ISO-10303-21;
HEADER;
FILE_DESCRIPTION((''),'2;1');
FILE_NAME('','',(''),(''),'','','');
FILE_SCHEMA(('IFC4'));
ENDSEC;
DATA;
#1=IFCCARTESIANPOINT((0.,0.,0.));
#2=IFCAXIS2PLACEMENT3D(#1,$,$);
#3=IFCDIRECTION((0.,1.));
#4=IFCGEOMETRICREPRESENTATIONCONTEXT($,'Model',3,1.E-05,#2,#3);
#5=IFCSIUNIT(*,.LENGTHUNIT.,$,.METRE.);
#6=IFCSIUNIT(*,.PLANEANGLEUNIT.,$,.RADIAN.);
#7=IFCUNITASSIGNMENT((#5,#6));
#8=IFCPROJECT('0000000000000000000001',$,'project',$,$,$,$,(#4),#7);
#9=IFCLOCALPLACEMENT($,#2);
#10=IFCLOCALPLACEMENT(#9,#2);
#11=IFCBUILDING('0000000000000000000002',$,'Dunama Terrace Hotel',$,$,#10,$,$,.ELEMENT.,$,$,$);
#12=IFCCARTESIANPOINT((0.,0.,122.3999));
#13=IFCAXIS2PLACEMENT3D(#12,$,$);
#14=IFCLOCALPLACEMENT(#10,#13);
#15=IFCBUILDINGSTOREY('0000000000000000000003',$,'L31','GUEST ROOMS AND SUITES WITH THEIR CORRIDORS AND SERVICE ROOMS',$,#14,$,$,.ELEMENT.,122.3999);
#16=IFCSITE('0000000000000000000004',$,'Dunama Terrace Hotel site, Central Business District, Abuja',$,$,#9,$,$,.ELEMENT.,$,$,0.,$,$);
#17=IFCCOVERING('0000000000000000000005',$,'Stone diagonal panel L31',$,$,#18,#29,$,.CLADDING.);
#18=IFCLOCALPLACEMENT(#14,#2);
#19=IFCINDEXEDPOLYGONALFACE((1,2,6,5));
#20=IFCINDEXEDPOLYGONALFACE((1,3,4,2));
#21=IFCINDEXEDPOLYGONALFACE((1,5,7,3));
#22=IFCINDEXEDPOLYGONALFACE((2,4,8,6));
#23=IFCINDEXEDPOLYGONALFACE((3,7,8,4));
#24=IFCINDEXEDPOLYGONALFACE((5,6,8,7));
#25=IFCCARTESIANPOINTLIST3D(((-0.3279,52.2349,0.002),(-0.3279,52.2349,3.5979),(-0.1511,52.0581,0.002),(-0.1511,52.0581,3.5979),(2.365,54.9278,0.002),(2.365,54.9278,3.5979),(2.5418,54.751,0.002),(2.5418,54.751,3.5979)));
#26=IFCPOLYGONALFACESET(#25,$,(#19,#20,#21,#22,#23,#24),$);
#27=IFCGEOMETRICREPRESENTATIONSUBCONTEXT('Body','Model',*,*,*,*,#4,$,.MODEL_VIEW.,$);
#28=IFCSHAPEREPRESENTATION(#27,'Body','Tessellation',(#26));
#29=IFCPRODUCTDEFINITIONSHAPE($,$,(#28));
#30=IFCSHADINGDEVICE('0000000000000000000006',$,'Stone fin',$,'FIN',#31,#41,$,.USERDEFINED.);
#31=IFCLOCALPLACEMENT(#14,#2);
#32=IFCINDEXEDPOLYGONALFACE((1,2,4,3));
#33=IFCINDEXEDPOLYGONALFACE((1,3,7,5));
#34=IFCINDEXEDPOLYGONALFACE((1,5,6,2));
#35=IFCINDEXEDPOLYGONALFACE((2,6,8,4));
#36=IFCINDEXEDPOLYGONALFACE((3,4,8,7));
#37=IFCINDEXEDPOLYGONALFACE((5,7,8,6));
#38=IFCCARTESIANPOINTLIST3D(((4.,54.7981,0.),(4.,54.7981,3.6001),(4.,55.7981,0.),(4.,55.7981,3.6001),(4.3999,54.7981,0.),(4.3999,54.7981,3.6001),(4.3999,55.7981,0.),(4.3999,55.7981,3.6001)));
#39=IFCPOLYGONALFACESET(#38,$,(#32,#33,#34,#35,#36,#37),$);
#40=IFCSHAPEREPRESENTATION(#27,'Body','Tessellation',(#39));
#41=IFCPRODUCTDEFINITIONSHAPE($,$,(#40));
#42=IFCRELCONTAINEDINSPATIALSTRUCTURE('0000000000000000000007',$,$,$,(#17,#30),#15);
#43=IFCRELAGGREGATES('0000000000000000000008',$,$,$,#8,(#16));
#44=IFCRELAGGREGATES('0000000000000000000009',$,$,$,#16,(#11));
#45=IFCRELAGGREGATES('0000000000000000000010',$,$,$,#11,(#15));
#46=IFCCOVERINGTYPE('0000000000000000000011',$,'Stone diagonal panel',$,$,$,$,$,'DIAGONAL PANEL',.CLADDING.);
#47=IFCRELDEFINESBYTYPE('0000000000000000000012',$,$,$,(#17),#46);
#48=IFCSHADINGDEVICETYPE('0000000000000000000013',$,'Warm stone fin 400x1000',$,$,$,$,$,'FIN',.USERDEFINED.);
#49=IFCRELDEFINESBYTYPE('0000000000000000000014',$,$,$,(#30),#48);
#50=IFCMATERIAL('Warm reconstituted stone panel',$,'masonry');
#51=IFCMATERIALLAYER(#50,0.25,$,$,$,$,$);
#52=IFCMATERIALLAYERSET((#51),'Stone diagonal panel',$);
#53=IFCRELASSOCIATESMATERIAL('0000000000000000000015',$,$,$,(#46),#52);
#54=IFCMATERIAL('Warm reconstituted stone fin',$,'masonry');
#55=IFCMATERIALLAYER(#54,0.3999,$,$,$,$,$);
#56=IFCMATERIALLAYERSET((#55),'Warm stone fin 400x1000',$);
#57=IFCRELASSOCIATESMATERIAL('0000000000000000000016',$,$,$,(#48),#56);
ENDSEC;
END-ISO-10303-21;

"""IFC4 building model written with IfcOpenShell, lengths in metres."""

from ifc_helpers import new_model, si_unit, direction, frame, origin, origin_2d, place, context, subcontext, project, spatial, rectangle, extrude, material, layer, layer_set, type_object, element, save


model = new_model("IFC4")

# Units and contexts
model_context = context("Model", 3, precision=1e-05, world=origin(), true_north=direction((0.0, 1.0)))
body_context = subcontext(model_context, "Body", "Model", "MODEL_VIEW")
ifc_project = project(units=[si_unit("LENGTHUNIT", "METRE"), si_unit("PLANEANGLEUNIT", "RADIAN")], contexts=[model_context])

# Site, building, storey
site_placement = place(None, origin())
site = spatial("IfcSite", under=ifc_project, at=site_placement, Name="Dunama Terrace Hotel site, Central Business District, Abuja", CompositionType="ELEMENT", RefElevation=0.0)
building_placement = place(site_placement, origin())
building = spatial("IfcBuilding", under=site, at=building_placement, Name="Dunama Terrace Hotel", CompositionType="ELEMENT")
storey_placement = place(building_placement, frame((0.0, 0.0, 122.3999)))
storey = spatial("IfcBuildingStorey", under=building, at=storey_placement, Name="L31", Description="GUEST ROOMS AND SUITES WITH THEIR CORRIDORS AND SERVICE ROOMS", CompositionType="ELEMENT", Elevation=122.3999)

# Covering
ifc_material_1 = material(Name="Warm reconstituted stone panel", Category="masonry")
ifc_layer_1 = layer(ifc_material_1, 0.25)
ifc_layer_set_1 = layer_set([ifc_layer_1], Name="Stone diagonal panel")
covering_type = type_object("IfcCoveringType", Name="Stone diagonal panel", ElementType="DIAGONAL PANEL", PredefinedType="CLADDING", material=ifc_layer_set_1)
covering_1_placement = place(storey_placement, frame((1.1069, 53.4929, 0.002), z_axis=(0.0, 0.0, 1.0), x_axis=(-0.707107, -0.707107, 0.0)))
element("IfcCovering", 1, at=covering_1_placement, inside=storey, type_object=covering_type, Name="Stone diagonal panel L31", PredefinedType="CLADDING", context=body_context, shape_type="SweptSolid", body=[
    extrude(rectangle(XDim=3.8083, YDim=0.25, at=origin_2d()), origin(), (0.0, 0.0, 1.0), 3.5959),
])

# Shading device
ifc_material_2 = material(Name="Warm reconstituted stone fin", Category="masonry")
ifc_layer_2 = layer(ifc_material_2, 0.3999)
ifc_layer_set_2 = layer_set([ifc_layer_2], Name="Warm stone fin 400x1000")
shading_device_type = type_object("IfcShadingDeviceType", Name="Warm stone fin 400x1000", ElementType="FIN", PredefinedType="USERDEFINED", material=ifc_layer_set_2)
shading_device_placement = place(storey_placement, frame((4.2, 55.2981, 0.0), z_axis=(0.0, 0.0, 1.0), x_axis=(-1.0, 0.0, 0.0)))
element("IfcShadingDevice", 2, at=shading_device_placement, inside=storey, type_object=shading_device_type, Name="Stone fin", ObjectType="FIN", PredefinedType="USERDEFINED", context=body_context, shape_type="SweptSolid", body=[
    extrude(rectangle(XDim=0.3999, YDim=1.0, at=origin_2d()), origin(), (0.0, 0.0, 1.0), 3.6001),
])

save(model, "model.ifc")
